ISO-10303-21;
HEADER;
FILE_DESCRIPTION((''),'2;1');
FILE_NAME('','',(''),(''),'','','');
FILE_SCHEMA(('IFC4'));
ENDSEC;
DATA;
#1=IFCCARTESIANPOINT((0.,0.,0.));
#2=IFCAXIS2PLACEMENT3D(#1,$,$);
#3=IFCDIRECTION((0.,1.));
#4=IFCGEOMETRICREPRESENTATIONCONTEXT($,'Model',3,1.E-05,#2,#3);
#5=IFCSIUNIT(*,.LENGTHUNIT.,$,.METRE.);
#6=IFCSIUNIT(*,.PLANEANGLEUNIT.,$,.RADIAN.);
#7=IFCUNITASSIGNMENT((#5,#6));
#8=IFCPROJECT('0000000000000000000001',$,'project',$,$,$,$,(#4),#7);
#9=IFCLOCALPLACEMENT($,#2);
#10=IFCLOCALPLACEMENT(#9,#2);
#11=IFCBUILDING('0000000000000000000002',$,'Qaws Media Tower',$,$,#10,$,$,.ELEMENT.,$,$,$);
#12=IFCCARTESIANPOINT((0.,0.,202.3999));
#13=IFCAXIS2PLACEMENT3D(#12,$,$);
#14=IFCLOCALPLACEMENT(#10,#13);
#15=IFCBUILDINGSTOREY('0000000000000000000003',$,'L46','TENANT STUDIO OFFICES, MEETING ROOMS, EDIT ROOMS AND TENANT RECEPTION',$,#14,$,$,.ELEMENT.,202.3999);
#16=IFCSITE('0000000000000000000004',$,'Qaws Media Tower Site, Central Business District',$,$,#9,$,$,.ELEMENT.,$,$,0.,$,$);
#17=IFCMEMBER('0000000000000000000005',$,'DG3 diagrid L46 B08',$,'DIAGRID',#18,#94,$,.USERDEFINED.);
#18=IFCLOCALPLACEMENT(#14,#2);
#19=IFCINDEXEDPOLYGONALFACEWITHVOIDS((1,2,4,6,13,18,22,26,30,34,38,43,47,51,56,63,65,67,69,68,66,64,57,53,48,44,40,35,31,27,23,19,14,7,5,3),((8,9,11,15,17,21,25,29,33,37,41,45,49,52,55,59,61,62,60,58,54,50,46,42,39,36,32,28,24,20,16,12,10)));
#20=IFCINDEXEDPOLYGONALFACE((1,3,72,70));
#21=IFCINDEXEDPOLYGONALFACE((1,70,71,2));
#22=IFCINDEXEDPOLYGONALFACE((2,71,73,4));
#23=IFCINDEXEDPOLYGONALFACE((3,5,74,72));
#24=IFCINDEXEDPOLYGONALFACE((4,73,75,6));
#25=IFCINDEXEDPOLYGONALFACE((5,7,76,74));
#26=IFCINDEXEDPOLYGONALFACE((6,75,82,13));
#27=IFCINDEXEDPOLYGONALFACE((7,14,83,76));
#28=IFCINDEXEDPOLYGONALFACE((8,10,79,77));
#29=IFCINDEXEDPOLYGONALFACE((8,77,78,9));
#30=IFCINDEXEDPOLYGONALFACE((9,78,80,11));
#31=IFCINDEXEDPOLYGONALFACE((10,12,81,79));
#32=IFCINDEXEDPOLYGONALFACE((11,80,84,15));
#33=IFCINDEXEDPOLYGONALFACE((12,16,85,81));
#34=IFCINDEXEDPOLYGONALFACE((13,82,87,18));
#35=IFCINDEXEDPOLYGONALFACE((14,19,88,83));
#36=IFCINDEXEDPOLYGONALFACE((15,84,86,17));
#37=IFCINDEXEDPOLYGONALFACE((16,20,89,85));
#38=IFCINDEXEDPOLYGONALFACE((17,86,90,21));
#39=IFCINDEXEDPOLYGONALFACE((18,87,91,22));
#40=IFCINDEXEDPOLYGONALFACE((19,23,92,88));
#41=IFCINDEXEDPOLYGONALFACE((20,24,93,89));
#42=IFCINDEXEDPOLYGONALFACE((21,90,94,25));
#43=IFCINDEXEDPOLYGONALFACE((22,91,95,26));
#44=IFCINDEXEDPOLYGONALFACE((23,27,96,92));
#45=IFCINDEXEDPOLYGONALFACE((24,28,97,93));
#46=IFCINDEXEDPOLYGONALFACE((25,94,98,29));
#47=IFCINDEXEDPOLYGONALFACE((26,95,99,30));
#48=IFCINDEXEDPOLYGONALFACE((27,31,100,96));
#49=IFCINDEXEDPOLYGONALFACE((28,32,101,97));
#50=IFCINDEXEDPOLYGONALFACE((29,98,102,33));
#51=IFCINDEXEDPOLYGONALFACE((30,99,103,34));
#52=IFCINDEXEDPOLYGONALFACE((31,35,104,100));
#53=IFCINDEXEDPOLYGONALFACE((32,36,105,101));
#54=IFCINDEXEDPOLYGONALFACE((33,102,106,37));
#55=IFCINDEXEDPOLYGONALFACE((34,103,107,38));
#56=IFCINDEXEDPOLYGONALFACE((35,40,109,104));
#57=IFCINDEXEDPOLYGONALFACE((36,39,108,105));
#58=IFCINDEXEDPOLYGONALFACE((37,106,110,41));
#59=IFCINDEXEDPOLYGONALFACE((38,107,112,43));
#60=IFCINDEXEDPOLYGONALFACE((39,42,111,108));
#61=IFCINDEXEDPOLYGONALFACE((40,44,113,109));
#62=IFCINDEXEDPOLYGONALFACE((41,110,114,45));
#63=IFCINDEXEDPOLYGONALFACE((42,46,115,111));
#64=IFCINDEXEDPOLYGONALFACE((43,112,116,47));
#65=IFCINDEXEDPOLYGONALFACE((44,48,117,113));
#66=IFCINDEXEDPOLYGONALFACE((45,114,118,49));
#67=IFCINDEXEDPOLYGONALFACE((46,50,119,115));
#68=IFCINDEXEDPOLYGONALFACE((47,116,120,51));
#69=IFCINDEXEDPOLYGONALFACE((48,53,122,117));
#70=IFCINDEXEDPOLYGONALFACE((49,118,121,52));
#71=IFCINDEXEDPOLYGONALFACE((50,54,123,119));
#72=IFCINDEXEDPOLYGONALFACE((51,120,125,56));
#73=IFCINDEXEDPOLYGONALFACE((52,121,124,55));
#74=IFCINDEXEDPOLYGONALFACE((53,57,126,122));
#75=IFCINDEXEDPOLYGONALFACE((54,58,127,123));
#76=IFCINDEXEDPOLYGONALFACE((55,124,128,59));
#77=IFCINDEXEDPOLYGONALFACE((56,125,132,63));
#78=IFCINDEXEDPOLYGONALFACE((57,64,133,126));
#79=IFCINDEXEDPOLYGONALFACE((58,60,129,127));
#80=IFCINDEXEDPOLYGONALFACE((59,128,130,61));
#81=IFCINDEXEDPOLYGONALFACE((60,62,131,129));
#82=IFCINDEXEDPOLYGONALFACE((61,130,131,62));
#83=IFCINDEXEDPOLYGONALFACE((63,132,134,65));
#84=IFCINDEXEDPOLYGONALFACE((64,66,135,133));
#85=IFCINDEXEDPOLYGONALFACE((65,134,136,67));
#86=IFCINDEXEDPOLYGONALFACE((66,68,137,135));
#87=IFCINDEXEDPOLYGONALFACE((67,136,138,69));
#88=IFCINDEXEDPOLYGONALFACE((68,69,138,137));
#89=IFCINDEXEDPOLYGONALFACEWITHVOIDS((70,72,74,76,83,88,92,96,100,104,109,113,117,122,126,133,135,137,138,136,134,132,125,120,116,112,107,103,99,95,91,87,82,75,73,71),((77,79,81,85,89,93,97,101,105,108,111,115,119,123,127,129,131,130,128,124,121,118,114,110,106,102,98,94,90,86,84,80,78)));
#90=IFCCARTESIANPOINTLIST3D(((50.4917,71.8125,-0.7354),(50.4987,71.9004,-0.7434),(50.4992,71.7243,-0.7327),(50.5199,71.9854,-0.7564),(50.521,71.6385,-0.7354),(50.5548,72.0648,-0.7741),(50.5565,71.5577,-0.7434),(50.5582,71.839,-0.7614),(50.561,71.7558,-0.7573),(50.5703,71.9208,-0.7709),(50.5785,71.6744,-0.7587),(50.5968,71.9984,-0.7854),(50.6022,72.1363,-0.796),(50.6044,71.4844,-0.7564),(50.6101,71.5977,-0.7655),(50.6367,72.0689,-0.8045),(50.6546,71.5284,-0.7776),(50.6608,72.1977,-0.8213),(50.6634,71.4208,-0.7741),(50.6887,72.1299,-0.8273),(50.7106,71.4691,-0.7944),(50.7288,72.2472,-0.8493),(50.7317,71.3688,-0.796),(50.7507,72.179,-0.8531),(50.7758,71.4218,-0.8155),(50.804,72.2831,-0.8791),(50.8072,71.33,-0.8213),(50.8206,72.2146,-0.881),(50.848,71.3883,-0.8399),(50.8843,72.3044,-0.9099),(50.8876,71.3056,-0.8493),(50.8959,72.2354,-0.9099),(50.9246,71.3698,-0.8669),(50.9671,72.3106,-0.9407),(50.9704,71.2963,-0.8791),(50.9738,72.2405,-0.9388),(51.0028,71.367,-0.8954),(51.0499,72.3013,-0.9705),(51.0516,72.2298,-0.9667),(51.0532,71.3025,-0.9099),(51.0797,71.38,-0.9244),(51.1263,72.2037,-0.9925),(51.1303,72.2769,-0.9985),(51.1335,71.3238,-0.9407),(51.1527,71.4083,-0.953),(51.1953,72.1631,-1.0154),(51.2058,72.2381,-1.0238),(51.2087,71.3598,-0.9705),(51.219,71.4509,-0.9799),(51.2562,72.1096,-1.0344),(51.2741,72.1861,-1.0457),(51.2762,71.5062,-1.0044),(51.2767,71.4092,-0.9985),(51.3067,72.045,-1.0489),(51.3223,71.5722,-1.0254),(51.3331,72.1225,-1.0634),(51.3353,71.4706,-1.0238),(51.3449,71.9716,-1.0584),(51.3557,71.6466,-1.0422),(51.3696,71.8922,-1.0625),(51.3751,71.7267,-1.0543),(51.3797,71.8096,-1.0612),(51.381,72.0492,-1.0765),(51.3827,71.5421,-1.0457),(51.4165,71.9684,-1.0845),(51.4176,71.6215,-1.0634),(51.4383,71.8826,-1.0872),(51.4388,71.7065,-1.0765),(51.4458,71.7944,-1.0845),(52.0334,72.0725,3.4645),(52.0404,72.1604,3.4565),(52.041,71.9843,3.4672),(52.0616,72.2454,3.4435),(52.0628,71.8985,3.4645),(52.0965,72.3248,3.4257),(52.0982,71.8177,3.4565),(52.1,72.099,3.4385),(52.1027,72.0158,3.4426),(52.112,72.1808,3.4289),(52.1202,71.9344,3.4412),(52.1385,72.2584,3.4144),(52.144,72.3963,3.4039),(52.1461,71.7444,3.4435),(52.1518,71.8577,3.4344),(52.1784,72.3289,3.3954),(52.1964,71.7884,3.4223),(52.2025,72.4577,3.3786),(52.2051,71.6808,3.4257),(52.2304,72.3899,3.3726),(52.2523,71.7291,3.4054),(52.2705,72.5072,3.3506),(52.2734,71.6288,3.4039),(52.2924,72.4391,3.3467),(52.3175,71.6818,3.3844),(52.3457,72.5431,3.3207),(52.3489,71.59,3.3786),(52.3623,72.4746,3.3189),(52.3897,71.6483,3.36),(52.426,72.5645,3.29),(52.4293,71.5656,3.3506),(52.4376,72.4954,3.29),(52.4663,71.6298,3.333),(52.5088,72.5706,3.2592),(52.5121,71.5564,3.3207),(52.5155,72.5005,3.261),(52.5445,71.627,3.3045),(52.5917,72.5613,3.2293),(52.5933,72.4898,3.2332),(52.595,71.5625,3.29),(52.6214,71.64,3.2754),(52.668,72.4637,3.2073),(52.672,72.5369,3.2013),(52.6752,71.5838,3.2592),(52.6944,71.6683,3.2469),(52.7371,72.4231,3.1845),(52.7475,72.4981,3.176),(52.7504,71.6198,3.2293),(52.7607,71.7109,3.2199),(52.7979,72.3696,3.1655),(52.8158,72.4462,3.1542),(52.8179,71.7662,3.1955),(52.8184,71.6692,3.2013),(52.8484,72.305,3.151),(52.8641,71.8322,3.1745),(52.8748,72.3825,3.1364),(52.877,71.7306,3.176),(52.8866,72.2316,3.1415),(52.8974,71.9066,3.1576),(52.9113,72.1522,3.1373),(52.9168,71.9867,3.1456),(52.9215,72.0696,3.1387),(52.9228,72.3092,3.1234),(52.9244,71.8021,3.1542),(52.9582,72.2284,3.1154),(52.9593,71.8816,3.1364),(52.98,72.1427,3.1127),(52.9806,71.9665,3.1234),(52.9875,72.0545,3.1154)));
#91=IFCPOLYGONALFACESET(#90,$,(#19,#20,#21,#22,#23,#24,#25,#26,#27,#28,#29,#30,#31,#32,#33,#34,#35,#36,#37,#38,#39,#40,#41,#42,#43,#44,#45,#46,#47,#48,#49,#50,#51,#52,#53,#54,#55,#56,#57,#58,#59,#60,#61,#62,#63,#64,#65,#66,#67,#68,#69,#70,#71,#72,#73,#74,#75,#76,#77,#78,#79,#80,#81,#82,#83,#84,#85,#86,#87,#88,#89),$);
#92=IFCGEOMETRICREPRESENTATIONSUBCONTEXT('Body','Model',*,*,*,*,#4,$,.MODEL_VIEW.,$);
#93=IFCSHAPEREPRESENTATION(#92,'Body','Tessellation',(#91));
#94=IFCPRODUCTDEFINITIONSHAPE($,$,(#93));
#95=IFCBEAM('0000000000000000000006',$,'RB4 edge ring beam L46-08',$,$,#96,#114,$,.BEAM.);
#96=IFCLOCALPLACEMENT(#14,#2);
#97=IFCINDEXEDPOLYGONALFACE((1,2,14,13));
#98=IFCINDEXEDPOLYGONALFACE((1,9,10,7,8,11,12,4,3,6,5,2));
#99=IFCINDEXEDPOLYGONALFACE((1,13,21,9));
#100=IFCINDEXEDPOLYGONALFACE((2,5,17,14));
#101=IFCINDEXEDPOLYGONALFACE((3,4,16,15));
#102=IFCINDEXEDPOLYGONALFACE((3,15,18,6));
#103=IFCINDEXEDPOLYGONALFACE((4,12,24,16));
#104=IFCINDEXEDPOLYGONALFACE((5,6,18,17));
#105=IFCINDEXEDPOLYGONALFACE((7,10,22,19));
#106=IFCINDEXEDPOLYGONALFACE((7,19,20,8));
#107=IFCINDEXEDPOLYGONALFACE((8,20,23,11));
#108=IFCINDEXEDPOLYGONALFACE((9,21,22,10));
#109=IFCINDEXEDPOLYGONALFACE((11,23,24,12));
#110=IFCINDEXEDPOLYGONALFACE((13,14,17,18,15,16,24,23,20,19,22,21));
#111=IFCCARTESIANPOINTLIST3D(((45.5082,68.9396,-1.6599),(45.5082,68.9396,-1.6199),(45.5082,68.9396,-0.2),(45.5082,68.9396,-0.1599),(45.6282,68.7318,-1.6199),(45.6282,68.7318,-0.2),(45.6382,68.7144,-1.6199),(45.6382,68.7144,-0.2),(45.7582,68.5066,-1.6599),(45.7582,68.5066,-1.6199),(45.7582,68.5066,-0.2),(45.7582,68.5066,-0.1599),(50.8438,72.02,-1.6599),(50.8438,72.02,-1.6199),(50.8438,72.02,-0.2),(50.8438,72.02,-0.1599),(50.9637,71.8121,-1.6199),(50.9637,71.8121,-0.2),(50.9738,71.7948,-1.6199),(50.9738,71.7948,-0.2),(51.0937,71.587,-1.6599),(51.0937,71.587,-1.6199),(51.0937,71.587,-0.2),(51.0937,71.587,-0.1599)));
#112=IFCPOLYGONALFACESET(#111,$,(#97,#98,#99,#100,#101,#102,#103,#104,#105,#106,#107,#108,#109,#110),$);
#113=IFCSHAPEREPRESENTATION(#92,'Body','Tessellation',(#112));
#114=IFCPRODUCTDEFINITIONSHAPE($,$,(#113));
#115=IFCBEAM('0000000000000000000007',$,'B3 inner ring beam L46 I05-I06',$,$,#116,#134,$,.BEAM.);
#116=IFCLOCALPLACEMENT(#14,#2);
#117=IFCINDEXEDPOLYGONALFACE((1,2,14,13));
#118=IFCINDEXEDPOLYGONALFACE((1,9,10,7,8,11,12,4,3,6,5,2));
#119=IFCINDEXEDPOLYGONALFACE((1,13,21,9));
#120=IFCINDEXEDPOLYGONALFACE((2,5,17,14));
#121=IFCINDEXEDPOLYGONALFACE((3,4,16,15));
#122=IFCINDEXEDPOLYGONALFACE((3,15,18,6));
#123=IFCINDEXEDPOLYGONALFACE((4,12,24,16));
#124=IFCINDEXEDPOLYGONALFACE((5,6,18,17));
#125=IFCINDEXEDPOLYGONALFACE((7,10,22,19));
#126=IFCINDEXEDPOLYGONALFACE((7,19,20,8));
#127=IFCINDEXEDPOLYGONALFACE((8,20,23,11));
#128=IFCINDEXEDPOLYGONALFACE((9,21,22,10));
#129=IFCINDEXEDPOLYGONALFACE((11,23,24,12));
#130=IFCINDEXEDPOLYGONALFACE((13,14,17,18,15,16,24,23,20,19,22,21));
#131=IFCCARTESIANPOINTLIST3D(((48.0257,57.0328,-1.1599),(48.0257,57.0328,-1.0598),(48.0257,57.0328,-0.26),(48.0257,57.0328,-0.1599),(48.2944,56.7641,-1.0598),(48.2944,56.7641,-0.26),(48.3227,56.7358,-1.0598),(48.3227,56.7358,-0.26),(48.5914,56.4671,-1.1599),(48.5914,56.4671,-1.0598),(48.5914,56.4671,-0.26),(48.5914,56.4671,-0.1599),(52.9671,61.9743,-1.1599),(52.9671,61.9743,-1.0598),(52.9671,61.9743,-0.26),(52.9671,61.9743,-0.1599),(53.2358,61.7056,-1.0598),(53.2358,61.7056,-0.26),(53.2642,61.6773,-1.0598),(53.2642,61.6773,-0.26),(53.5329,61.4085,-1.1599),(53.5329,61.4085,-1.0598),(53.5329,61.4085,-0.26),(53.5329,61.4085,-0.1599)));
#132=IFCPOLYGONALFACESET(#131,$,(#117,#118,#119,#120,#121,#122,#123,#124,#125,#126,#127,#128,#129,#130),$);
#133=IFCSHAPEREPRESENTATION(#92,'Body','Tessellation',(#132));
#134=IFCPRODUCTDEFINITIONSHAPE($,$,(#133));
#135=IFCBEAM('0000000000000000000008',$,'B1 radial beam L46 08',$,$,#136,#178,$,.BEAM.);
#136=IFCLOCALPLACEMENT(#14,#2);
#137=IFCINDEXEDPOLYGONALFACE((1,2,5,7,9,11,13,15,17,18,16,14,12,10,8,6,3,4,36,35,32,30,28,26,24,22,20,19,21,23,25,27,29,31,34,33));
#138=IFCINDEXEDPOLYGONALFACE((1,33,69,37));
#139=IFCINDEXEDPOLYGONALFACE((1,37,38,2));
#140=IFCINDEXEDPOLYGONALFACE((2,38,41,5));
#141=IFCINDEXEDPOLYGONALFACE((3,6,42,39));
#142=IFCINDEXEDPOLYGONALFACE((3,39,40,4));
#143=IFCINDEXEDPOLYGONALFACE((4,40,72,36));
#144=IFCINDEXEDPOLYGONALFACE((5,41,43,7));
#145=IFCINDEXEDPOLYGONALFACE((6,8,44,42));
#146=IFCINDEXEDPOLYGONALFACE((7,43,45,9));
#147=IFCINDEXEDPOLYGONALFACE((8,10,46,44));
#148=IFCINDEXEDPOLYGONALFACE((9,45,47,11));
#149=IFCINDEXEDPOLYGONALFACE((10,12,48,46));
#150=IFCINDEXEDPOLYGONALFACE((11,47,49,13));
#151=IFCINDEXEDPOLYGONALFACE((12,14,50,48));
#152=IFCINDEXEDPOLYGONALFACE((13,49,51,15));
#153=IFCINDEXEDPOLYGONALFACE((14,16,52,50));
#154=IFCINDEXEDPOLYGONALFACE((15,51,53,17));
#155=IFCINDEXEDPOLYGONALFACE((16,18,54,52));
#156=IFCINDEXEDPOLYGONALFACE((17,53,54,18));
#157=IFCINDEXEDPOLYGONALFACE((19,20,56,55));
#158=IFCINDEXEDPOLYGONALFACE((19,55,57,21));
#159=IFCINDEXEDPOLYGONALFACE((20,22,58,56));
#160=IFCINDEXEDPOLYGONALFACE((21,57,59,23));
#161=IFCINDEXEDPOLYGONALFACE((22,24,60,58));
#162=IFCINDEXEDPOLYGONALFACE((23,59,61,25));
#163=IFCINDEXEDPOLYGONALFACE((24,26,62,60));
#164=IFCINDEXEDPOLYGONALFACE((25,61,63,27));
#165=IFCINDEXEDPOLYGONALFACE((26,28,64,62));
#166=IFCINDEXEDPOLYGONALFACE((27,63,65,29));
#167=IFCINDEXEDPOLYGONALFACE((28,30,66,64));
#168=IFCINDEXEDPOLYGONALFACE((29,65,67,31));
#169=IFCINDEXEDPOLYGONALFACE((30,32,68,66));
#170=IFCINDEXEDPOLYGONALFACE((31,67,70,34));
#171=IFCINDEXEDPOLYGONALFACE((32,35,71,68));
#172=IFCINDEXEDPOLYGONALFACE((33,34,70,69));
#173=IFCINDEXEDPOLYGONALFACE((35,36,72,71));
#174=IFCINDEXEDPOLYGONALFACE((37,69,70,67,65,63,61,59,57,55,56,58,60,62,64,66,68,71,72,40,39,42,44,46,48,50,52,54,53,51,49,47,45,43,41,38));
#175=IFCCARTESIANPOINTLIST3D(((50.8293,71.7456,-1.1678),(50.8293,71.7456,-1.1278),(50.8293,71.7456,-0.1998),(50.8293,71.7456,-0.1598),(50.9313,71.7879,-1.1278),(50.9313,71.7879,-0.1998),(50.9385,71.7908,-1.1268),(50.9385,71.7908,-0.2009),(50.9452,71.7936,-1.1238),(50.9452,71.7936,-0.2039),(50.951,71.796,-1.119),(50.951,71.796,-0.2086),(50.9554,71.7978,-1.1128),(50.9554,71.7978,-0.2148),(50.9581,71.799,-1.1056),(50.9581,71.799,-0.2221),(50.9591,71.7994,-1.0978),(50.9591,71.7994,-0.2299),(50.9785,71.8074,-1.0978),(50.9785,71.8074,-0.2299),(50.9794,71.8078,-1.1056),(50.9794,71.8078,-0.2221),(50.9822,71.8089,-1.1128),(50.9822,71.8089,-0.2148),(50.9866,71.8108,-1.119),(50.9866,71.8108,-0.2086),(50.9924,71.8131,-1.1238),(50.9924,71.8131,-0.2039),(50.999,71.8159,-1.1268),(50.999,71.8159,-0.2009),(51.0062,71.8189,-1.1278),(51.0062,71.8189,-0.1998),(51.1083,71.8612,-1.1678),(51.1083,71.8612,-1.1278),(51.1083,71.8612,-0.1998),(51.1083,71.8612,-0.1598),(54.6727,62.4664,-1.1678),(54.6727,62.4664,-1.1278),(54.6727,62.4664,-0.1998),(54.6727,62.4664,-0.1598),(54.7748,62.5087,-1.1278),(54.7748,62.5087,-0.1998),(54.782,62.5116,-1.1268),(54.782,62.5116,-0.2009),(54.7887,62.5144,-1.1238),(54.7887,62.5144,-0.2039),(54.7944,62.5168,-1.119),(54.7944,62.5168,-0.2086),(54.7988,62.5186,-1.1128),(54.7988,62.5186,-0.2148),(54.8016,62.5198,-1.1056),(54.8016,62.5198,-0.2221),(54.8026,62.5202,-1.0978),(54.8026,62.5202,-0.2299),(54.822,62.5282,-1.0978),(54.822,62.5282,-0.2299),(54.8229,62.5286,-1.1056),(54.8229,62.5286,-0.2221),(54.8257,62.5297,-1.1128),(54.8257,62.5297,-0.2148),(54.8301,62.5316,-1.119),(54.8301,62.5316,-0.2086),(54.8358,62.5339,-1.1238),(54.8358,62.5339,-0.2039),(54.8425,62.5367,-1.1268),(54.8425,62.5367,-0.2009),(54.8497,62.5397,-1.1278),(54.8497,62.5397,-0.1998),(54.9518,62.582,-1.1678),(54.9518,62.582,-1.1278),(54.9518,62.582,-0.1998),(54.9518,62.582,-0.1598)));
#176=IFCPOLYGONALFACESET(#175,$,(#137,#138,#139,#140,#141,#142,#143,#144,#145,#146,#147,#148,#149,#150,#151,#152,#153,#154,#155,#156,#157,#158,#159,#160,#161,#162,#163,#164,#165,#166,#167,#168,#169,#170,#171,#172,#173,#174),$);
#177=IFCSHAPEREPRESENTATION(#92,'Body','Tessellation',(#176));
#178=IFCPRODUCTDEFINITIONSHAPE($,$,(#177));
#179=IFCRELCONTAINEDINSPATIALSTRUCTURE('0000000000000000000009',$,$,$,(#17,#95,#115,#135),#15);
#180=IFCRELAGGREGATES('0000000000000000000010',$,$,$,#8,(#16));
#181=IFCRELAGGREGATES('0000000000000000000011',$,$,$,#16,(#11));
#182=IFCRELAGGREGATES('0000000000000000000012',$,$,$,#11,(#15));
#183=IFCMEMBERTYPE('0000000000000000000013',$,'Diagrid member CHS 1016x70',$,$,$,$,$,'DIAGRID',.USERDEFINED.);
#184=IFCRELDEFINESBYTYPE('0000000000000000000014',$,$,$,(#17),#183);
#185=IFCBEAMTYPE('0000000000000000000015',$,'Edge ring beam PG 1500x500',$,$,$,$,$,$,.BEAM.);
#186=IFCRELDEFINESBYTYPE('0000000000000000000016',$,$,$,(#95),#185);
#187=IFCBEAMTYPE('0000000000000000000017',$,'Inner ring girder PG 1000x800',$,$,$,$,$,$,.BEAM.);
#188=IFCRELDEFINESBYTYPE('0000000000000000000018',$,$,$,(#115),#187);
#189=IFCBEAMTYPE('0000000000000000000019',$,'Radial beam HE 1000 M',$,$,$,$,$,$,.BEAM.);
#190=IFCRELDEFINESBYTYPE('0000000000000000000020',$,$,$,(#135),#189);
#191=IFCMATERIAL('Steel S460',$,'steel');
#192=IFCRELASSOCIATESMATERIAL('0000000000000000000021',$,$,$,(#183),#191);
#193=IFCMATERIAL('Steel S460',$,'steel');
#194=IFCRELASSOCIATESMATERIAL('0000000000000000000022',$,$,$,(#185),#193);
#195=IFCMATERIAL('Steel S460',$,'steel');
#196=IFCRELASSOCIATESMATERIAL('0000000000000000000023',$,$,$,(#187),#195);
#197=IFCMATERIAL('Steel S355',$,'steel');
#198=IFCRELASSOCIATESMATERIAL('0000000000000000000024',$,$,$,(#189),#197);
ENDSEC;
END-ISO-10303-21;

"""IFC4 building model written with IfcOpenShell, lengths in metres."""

from ifc_helpers import new_model, si_unit, direction, frame, origin, origin_2d, place, context, subcontext, project, spatial, hollow_circle, i_section, extrude, material, material_profile, profile_set, type_object, element, save


model = new_model("IFC4")

# Units and contexts
model_context = context("Model", 3, precision=1e-05, world=origin(), true_north=direction((0.0, 1.0)))
body_context = subcontext(model_context, "Body", "Model", "MODEL_VIEW")
ifc_project = project(units=[si_unit("LENGTHUNIT", "METRE"), si_unit("PLANEANGLEUNIT", "RADIAN")], contexts=[model_context])

# Site, building, storey
site_placement = place(None, origin())
site = spatial("IfcSite", under=ifc_project, at=site_placement, Name="Qaws Media Tower Site, Central Business District", CompositionType="ELEMENT", RefElevation=0.0)
building_placement = place(site_placement, origin())
building = spatial("IfcBuilding", under=site, at=building_placement, Name="Qaws Media Tower", CompositionType="ELEMENT")
storey_placement = place(building_placement, frame((0.0, 0.0, 202.3999)))
storey = spatial("IfcBuildingStorey", under=building, at=storey_placement, Name="L46", Description="TENANT STUDIO OFFICES, MEETING ROOMS, EDIT ROOMS AND TENANT RECEPTION", CompositionType="ELEMENT", Elevation=202.3999)

# Member
ifc_material_1 = material(Name="Steel S460", Category="steel")
ifc_material_profile_1 = material_profile(ifc_material_1, hollow_circle(Radius=0.5081, WallThickness=0.0701, at=origin_2d()), Name="CHS 1016x70")
ifc_profile_set_1 = profile_set([ifc_material_profile_1], Name="Steel S460")
member_type_1 = type_object("IfcMemberType", Name="Diagrid member CHS 1016x70", ElementType="DIAGRID", PredefinedType="USERDEFINED", material=ifc_profile_set_1)
for number, where, z_axis, x_axis, name in (
    (1, (50.9688, 71.8035, -0.9099), (0.344022, 0.058018, 0.937167), (-0.166298, 0.986076, 0.0), "DG3 diagrid L46 B08"),
):
    element("IfcMember", number, at=place(storey_placement, frame(where, z_axis=z_axis, x_axis=x_axis)), inside=storey, type_object=member_type_1, Name=name, ObjectType="DIAGRID", PredefinedType="USERDEFINED", context=body_context, shape_type="SweptSolid", body=[
        extrude(hollow_circle(Radius=0.5081, WallThickness=0.0701, at=origin_2d()), origin(), (0.0, 0.0, 1.0), 4.4814),
    ])

# Beams
ifc_material_2 = material(Name="Steel S460", Category="steel")
ifc_material_profile_2 = material_profile(ifc_material_2, i_section(OverallWidth=0.5, OverallDepth=1.5, WebThickness=0.02, FlangeThickness=0.04, at=origin_2d()), Name="PG 1500x500")
ifc_profile_set_2 = profile_set([ifc_material_profile_2], Name="Steel S460")
beam_type_1 = type_object("IfcBeamType", Name="Edge ring beam PG 1500x500", PredefinedType="BEAM", material=ifc_profile_set_2)
beam_1_placement = place(storey_placement, frame((50.9688, 71.8035, -0.9099), z_axis=(-0.866032, -0.499988, 0.0), x_axis=(0.499988, -0.866032, 0.0)))
element("IfcBeam", 2, at=beam_1_placement, inside=storey, type_object=beam_type_1, Name="RB4 edge ring beam L46-08", PredefinedType="BEAM", context=body_context, shape_type="SweptSolid", body=[
    extrude(i_section(OverallWidth=0.5, OverallDepth=1.5, WebThickness=0.02, FlangeThickness=0.04, at=origin_2d()), origin(), (0.0, 0.0, 1.0), 6.1609),
])
ifc_material_3 = material(Name="Steel S460", Category="steel")
ifc_material_profile_3 = material_profile(ifc_material_3, i_section(OverallWidth=0.8, OverallDepth=1.0, WebThickness=0.04, FlangeThickness=0.1001, at=origin_2d()), Name="PG 1000x800")
ifc_profile_set_3 = profile_set([ifc_material_profile_3], Name="Steel S460")
beam_type_2 = type_object("IfcBeamType", Name="Inner ring girder PG 1000x800", PredefinedType="BEAM", material=ifc_profile_set_3)
beam_2_placement = place(storey_placement, frame((53.25, 61.6914, -0.6599), z_axis=(-0.707107, -0.707107, 0.0), x_axis=(0.707107, -0.707107, 0.0)))
element("IfcBeam", 3, at=beam_2_placement, inside=storey, type_object=beam_type_2, Name="B3 inner ring beam L46 I05-I06", PredefinedType="BEAM", context=body_context, shape_type="SweptSolid", body=[
    extrude(i_section(OverallWidth=0.8, OverallDepth=1.0, WebThickness=0.04, FlangeThickness=0.1001, at=origin_2d()), origin(), (0.0, 0.0, 1.0), 6.9883),
])
ifc_material_4 = material(Name="Steel S355", Category="steel")
ifc_material_profile_4 = material_profile(ifc_material_4, i_section(OverallWidth=0.302, OverallDepth=1.0081, WebThickness=0.021, FlangeThickness=0.04, FilletRadius=0.03, at=origin_2d()), Name="HE 1000 M")
ifc_profile_set_4 = profile_set([ifc_material_profile_4], Name="Steel S355")
beam_type_3 = type_object("IfcBeamType", Name="Radial beam HE 1000 M", PredefinedType="BEAM", material=ifc_profile_set_4)
beam_3_placement = place(storey_placement, frame((54.8123, 62.5242, -0.6638), z_axis=(-0.382675, 0.923883, 0.0), x_axis=(-0.923883, -0.382675, 0.0)))
element("IfcBeam", 4, at=beam_3_placement, inside=storey, type_object=beam_type_3, Name="B1 radial beam L46 08", PredefinedType="BEAM", context=body_context, shape_type="SweptSolid", body=[
    extrude(i_section(OverallWidth=0.302, OverallDepth=1.0081, WebThickness=0.021, FlangeThickness=0.04, FilletRadius=0.03, at=origin_2d()), origin(), (0.0, 0.0, 1.0), 10.0437),
])

save(model, "model.ifc")
